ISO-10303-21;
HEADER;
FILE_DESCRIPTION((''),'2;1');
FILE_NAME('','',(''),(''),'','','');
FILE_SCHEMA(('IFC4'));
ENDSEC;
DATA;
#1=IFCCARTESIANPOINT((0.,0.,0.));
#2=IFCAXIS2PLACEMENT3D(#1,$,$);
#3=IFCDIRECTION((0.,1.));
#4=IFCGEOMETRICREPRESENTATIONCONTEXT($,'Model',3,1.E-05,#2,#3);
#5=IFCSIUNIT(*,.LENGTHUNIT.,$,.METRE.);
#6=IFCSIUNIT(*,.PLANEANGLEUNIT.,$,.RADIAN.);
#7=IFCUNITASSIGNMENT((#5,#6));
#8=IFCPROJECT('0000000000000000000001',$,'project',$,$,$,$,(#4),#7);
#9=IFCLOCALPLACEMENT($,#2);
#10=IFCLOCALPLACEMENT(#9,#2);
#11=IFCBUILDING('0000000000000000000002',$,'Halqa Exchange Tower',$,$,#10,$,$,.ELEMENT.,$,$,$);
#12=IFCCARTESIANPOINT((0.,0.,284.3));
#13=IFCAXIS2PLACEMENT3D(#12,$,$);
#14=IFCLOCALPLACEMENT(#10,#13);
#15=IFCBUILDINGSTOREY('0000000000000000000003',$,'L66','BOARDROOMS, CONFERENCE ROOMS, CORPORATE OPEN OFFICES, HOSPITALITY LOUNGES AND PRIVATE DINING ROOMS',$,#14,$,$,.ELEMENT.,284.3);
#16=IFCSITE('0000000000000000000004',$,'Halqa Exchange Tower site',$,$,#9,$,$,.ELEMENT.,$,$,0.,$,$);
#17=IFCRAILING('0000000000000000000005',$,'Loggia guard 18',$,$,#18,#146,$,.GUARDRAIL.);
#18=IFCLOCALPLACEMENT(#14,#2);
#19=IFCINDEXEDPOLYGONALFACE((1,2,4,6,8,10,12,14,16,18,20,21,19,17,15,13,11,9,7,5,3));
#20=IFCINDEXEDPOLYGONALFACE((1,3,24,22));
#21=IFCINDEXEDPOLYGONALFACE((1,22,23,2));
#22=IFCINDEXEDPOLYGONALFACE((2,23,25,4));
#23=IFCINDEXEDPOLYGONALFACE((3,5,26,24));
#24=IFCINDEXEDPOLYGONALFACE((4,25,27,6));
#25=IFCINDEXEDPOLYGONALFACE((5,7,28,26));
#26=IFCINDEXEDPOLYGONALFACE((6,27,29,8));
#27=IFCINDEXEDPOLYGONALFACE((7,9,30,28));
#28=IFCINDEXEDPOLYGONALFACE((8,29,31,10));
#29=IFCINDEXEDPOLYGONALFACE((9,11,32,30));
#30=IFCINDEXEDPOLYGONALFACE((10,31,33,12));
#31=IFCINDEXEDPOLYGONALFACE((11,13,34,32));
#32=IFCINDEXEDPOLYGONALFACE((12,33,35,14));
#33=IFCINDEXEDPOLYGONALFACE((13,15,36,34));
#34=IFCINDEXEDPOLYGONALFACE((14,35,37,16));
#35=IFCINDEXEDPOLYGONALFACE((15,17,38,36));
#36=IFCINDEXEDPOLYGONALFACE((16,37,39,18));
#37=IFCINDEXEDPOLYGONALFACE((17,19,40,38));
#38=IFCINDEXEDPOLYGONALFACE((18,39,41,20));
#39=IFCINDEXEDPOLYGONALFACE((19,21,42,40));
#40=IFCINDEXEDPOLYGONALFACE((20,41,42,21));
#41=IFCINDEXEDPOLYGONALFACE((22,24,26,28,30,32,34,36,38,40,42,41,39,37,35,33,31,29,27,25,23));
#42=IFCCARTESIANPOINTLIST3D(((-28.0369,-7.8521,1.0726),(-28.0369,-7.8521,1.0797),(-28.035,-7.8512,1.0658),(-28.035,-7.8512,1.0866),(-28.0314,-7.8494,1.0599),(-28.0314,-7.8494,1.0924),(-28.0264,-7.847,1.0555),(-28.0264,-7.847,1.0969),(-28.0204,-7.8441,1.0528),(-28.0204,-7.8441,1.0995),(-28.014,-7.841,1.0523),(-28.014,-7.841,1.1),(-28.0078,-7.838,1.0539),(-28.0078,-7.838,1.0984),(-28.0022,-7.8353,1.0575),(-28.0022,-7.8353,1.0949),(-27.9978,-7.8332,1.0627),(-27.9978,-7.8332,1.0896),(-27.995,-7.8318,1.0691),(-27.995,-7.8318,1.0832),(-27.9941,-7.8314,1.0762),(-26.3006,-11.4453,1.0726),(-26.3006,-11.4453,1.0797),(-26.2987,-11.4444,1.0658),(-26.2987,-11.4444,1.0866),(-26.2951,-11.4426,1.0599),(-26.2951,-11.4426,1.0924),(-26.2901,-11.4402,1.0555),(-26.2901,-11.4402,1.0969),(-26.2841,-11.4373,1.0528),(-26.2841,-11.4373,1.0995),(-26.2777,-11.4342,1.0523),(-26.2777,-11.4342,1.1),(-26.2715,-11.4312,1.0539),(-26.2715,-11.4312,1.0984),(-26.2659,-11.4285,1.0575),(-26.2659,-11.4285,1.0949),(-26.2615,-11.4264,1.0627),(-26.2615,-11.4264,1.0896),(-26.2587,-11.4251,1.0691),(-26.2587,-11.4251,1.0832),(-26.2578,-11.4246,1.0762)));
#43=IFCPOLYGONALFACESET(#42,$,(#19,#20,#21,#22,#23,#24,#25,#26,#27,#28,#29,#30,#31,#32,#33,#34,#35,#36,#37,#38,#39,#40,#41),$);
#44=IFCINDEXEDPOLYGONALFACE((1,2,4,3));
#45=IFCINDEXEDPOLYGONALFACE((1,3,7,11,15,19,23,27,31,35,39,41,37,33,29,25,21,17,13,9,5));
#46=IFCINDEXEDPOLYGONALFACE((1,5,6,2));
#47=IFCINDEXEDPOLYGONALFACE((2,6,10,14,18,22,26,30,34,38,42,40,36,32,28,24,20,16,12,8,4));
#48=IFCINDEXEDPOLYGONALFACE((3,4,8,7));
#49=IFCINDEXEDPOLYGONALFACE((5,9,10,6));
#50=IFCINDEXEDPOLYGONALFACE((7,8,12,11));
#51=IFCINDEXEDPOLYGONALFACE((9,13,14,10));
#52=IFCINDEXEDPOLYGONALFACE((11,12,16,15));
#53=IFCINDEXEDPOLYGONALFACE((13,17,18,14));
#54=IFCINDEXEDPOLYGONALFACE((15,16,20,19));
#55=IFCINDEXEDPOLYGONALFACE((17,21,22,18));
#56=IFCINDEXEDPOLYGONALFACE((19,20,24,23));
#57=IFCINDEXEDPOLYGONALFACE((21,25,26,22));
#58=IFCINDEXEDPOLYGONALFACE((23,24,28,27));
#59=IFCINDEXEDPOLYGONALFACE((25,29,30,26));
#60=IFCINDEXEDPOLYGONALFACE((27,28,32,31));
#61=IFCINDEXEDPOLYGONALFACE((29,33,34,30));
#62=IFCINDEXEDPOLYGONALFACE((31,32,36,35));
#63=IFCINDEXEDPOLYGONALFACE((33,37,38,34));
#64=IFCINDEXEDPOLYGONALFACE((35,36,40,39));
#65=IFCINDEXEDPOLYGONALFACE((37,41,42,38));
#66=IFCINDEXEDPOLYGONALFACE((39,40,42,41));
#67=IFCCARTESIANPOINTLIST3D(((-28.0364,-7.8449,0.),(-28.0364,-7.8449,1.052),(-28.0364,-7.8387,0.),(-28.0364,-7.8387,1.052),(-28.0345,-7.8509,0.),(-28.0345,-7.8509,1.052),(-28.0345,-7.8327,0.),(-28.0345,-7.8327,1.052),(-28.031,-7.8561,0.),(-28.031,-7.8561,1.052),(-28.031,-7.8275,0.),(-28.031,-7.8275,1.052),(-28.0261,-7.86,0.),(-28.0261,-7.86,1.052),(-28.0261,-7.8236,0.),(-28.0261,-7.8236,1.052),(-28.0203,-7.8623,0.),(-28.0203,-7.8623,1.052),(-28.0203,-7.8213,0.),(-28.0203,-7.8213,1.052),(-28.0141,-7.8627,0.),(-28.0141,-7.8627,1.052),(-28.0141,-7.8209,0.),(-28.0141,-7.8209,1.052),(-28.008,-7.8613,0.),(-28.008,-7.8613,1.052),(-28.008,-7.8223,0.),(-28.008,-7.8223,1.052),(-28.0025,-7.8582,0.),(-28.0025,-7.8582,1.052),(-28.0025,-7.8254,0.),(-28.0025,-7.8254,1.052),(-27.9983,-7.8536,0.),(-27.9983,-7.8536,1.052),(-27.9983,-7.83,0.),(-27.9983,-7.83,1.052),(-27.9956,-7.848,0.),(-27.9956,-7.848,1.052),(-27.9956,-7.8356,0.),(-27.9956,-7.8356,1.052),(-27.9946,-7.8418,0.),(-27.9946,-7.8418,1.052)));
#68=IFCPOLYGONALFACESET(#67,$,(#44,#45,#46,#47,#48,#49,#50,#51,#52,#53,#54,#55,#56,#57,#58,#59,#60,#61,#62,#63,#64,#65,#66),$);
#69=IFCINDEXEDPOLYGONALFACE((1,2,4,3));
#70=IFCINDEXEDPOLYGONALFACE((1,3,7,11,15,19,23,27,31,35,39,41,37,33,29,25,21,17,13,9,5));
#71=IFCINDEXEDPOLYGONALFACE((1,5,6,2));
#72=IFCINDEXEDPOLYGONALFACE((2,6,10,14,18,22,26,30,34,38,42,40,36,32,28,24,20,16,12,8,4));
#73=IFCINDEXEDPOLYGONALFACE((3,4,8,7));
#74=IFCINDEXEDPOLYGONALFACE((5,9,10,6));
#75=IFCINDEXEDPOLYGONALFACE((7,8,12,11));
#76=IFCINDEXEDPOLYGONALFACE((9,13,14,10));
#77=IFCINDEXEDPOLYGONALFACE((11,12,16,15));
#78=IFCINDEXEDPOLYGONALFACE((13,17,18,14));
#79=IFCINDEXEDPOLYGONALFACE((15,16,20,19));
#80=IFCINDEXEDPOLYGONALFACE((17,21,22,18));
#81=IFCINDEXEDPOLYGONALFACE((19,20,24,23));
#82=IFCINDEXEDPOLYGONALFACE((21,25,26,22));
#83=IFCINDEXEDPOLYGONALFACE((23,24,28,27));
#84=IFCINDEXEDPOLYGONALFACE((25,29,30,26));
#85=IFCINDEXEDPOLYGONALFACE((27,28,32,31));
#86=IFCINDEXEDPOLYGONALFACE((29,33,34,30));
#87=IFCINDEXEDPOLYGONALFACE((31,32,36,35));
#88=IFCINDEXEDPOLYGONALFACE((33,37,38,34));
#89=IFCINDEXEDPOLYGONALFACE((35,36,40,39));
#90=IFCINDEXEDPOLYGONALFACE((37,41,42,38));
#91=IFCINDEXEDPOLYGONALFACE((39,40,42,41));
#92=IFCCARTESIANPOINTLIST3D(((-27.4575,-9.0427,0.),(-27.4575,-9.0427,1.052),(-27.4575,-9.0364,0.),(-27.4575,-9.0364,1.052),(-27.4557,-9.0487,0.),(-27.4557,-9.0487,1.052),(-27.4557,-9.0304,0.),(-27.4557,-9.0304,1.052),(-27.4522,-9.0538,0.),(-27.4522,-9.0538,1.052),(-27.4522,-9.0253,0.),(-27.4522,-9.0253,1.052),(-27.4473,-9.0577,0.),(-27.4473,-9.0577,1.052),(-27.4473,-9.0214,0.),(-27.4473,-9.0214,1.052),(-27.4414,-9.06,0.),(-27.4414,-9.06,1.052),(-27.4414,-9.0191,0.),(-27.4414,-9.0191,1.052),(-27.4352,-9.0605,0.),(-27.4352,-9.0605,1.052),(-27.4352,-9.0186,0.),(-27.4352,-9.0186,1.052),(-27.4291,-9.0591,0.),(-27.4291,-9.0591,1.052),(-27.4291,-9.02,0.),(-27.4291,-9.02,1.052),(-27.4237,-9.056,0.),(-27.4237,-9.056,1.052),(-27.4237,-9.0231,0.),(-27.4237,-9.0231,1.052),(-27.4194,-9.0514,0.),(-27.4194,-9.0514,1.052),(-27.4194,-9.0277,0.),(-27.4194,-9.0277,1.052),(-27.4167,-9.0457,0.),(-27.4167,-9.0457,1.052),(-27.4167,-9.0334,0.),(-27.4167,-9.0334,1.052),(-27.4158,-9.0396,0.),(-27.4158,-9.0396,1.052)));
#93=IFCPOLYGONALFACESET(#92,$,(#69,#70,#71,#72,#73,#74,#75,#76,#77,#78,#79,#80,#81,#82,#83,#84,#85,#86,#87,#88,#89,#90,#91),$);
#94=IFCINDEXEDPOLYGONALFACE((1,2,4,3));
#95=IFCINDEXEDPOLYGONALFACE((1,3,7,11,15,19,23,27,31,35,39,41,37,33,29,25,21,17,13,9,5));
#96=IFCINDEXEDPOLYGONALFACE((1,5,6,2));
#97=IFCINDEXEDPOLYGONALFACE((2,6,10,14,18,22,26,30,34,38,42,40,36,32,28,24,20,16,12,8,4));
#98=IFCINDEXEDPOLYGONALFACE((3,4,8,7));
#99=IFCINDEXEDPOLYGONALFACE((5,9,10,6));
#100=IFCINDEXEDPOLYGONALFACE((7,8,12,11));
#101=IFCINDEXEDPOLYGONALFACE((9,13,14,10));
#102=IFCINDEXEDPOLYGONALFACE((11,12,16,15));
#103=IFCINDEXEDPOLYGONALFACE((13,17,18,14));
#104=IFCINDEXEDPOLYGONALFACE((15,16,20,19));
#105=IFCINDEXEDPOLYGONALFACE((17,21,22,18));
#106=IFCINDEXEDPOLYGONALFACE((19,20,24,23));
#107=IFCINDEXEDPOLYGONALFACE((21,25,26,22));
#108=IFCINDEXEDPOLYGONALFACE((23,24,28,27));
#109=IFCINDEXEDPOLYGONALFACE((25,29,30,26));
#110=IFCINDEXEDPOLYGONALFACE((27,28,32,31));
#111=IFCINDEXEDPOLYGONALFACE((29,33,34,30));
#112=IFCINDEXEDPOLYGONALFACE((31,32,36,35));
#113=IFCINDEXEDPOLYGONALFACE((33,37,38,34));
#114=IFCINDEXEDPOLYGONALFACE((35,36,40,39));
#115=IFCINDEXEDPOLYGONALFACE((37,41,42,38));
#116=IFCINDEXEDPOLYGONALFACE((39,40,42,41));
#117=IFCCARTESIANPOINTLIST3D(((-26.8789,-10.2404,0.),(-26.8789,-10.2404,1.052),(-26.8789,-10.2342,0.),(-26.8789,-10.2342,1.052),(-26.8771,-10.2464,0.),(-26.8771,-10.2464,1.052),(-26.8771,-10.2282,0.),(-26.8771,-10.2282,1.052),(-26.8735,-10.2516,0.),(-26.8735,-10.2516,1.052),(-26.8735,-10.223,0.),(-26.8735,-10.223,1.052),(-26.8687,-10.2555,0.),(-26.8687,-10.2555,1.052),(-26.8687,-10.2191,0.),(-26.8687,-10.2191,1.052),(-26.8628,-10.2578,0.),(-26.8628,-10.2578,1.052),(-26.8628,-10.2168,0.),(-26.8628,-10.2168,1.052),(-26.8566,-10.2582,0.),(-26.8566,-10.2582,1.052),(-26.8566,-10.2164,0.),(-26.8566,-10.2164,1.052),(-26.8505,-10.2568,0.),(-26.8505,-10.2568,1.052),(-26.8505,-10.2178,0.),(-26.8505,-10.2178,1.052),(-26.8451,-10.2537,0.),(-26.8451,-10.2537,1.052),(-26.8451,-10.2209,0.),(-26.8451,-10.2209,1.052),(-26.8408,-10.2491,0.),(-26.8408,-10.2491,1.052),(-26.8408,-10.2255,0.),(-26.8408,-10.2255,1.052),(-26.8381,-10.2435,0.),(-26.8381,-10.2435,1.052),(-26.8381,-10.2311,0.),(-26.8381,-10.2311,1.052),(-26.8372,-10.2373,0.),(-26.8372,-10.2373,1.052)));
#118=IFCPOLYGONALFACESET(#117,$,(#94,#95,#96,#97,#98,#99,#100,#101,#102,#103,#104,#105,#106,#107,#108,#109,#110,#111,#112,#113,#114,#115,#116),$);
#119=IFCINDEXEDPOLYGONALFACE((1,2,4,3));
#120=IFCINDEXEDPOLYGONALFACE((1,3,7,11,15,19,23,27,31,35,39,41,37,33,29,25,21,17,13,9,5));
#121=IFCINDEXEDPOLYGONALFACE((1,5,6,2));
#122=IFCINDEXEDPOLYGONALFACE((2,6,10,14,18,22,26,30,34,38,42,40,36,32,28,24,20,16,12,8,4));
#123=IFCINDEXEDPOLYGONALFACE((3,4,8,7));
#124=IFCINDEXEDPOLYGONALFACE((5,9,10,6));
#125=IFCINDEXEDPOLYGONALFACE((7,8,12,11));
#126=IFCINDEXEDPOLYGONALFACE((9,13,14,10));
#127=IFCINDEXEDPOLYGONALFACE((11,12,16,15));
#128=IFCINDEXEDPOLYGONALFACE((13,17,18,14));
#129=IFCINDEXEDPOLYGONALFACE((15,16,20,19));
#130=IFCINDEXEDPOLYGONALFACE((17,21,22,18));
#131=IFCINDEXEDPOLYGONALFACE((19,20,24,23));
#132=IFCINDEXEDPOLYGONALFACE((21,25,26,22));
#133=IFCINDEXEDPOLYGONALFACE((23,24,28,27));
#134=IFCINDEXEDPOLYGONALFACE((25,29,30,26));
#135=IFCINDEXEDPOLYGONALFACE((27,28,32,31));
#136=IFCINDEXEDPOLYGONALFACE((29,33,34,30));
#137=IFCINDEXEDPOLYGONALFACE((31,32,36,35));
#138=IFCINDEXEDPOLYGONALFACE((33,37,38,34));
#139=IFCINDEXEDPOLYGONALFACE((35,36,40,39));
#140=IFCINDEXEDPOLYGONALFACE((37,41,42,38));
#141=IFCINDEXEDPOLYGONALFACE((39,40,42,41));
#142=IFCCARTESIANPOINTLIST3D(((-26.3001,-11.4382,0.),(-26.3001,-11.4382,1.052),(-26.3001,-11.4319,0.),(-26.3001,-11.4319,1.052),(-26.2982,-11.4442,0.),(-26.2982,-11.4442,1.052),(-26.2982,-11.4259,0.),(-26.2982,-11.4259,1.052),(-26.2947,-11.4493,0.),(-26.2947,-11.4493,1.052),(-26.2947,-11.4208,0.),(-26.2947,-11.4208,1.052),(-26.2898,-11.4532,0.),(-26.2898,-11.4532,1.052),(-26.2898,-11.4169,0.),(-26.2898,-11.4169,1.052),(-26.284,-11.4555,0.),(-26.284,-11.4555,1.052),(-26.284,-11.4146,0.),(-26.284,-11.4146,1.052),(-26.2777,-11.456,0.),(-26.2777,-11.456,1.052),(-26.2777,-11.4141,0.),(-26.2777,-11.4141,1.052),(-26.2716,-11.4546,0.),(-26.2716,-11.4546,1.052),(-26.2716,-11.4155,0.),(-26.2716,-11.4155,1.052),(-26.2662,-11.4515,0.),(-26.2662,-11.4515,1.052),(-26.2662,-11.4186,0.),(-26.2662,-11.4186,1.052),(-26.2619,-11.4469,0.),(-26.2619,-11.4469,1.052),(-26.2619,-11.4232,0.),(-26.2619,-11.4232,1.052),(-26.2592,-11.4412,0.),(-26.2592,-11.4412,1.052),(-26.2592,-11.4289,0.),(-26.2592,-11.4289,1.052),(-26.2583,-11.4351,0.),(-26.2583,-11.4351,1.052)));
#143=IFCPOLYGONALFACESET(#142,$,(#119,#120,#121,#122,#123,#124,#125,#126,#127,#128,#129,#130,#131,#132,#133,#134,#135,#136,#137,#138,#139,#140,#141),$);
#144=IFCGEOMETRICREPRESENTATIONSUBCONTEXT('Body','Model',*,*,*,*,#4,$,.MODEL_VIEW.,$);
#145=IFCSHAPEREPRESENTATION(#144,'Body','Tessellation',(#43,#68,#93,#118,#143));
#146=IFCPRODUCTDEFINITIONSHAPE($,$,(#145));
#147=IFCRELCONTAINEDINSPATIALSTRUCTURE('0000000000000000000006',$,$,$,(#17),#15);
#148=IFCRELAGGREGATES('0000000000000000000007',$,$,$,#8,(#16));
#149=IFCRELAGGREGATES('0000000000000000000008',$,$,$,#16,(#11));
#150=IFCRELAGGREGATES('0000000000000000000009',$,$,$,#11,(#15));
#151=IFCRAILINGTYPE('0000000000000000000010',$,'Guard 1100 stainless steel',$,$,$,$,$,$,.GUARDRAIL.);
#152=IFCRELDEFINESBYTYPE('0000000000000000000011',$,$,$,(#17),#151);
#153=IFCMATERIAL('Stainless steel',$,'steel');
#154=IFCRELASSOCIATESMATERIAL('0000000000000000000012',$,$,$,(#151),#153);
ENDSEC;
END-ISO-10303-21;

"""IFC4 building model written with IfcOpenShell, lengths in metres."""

from ifc_helpers import new_model, si_unit, direction, frame, origin, origin_2d, place, context, subcontext, project, spatial, circle, extrude, material, type_object, element, save


model = new_model("IFC4")

# Units and contexts
model_context = context("Model", 3, precision=1e-05, world=origin(), true_north=direction((0.0, 1.0)))
body_context = subcontext(model_context, "Body", "Model", "MODEL_VIEW")
ifc_project = project(units=[si_unit("LENGTHUNIT", "METRE"), si_unit("PLANEANGLEUNIT", "RADIAN")], contexts=[model_context])

# Site, building, storey
site_placement = place(None, origin())
site = spatial("IfcSite", under=ifc_project, at=site_placement, Name="Halqa Exchange Tower site", CompositionType="ELEMENT", RefElevation=0.0)
building_placement = place(site_placement, origin())
building = spatial("IfcBuilding", under=site, at=building_placement, Name="Halqa Exchange Tower", CompositionType="ELEMENT")
storey_placement = place(building_placement, frame((0.0, 0.0, 284.3)))
storey = spatial("IfcBuildingStorey", under=building, at=storey_placement, Name="L66", Description="BOARDROOMS, CONFERENCE ROOMS, CORPORATE OPEN OFFICES, HOSPITALITY LOUNGES AND PRIVATE DINING ROOMS", CompositionType="ELEMENT", Elevation=284.3)

# Railing
ifc_material_1 = material(Name="Stainless steel", Category="steel")
railing_type = type_object("IfcRailingType", Name="Guard 1100 stainless steel", PredefinedType="GUARDRAIL", material=ifc_material_1)
railing_1_placement = place(storey_placement, frame((-28.0156, -7.8418, 0.0)))
element("IfcRailing", 1, at=railing_1_placement, inside=storey, type_object=railing_type, Name="Loggia guard 18", PredefinedType="GUARDRAIL", context=body_context, shape_type="SweptSolid", body=[
    extrude(circle(Radius=0.0239, at=origin_2d()), frame((0.0, 0.0, 1.0762), z_axis=(0.435084, -0.90039, 0.0), x_axis=(0.90039, 0.435084, 0.0)), (0.0, 0.0, 1.0), 3.9907),
    extrude(circle(Radius=0.021, at=origin_2d()), origin(), (0.0, 0.0, 1.0), 1.052),
    extrude(circle(Radius=0.021, at=origin_2d()), frame((0.5789, -1.1978, 0.0)), (0.0, 0.0, 1.0), 1.052),
    extrude(circle(Radius=0.021, at=origin_2d()), frame((1.1575, -2.3955, 0.0)), (0.0, 0.0, 1.0), 1.052),
    extrude(circle(Radius=0.021, at=origin_2d()), frame((1.7363, -3.5933, 0.0)), (0.0, 0.0, 1.0), 1.052),
])

save(model, "model.ifc")
